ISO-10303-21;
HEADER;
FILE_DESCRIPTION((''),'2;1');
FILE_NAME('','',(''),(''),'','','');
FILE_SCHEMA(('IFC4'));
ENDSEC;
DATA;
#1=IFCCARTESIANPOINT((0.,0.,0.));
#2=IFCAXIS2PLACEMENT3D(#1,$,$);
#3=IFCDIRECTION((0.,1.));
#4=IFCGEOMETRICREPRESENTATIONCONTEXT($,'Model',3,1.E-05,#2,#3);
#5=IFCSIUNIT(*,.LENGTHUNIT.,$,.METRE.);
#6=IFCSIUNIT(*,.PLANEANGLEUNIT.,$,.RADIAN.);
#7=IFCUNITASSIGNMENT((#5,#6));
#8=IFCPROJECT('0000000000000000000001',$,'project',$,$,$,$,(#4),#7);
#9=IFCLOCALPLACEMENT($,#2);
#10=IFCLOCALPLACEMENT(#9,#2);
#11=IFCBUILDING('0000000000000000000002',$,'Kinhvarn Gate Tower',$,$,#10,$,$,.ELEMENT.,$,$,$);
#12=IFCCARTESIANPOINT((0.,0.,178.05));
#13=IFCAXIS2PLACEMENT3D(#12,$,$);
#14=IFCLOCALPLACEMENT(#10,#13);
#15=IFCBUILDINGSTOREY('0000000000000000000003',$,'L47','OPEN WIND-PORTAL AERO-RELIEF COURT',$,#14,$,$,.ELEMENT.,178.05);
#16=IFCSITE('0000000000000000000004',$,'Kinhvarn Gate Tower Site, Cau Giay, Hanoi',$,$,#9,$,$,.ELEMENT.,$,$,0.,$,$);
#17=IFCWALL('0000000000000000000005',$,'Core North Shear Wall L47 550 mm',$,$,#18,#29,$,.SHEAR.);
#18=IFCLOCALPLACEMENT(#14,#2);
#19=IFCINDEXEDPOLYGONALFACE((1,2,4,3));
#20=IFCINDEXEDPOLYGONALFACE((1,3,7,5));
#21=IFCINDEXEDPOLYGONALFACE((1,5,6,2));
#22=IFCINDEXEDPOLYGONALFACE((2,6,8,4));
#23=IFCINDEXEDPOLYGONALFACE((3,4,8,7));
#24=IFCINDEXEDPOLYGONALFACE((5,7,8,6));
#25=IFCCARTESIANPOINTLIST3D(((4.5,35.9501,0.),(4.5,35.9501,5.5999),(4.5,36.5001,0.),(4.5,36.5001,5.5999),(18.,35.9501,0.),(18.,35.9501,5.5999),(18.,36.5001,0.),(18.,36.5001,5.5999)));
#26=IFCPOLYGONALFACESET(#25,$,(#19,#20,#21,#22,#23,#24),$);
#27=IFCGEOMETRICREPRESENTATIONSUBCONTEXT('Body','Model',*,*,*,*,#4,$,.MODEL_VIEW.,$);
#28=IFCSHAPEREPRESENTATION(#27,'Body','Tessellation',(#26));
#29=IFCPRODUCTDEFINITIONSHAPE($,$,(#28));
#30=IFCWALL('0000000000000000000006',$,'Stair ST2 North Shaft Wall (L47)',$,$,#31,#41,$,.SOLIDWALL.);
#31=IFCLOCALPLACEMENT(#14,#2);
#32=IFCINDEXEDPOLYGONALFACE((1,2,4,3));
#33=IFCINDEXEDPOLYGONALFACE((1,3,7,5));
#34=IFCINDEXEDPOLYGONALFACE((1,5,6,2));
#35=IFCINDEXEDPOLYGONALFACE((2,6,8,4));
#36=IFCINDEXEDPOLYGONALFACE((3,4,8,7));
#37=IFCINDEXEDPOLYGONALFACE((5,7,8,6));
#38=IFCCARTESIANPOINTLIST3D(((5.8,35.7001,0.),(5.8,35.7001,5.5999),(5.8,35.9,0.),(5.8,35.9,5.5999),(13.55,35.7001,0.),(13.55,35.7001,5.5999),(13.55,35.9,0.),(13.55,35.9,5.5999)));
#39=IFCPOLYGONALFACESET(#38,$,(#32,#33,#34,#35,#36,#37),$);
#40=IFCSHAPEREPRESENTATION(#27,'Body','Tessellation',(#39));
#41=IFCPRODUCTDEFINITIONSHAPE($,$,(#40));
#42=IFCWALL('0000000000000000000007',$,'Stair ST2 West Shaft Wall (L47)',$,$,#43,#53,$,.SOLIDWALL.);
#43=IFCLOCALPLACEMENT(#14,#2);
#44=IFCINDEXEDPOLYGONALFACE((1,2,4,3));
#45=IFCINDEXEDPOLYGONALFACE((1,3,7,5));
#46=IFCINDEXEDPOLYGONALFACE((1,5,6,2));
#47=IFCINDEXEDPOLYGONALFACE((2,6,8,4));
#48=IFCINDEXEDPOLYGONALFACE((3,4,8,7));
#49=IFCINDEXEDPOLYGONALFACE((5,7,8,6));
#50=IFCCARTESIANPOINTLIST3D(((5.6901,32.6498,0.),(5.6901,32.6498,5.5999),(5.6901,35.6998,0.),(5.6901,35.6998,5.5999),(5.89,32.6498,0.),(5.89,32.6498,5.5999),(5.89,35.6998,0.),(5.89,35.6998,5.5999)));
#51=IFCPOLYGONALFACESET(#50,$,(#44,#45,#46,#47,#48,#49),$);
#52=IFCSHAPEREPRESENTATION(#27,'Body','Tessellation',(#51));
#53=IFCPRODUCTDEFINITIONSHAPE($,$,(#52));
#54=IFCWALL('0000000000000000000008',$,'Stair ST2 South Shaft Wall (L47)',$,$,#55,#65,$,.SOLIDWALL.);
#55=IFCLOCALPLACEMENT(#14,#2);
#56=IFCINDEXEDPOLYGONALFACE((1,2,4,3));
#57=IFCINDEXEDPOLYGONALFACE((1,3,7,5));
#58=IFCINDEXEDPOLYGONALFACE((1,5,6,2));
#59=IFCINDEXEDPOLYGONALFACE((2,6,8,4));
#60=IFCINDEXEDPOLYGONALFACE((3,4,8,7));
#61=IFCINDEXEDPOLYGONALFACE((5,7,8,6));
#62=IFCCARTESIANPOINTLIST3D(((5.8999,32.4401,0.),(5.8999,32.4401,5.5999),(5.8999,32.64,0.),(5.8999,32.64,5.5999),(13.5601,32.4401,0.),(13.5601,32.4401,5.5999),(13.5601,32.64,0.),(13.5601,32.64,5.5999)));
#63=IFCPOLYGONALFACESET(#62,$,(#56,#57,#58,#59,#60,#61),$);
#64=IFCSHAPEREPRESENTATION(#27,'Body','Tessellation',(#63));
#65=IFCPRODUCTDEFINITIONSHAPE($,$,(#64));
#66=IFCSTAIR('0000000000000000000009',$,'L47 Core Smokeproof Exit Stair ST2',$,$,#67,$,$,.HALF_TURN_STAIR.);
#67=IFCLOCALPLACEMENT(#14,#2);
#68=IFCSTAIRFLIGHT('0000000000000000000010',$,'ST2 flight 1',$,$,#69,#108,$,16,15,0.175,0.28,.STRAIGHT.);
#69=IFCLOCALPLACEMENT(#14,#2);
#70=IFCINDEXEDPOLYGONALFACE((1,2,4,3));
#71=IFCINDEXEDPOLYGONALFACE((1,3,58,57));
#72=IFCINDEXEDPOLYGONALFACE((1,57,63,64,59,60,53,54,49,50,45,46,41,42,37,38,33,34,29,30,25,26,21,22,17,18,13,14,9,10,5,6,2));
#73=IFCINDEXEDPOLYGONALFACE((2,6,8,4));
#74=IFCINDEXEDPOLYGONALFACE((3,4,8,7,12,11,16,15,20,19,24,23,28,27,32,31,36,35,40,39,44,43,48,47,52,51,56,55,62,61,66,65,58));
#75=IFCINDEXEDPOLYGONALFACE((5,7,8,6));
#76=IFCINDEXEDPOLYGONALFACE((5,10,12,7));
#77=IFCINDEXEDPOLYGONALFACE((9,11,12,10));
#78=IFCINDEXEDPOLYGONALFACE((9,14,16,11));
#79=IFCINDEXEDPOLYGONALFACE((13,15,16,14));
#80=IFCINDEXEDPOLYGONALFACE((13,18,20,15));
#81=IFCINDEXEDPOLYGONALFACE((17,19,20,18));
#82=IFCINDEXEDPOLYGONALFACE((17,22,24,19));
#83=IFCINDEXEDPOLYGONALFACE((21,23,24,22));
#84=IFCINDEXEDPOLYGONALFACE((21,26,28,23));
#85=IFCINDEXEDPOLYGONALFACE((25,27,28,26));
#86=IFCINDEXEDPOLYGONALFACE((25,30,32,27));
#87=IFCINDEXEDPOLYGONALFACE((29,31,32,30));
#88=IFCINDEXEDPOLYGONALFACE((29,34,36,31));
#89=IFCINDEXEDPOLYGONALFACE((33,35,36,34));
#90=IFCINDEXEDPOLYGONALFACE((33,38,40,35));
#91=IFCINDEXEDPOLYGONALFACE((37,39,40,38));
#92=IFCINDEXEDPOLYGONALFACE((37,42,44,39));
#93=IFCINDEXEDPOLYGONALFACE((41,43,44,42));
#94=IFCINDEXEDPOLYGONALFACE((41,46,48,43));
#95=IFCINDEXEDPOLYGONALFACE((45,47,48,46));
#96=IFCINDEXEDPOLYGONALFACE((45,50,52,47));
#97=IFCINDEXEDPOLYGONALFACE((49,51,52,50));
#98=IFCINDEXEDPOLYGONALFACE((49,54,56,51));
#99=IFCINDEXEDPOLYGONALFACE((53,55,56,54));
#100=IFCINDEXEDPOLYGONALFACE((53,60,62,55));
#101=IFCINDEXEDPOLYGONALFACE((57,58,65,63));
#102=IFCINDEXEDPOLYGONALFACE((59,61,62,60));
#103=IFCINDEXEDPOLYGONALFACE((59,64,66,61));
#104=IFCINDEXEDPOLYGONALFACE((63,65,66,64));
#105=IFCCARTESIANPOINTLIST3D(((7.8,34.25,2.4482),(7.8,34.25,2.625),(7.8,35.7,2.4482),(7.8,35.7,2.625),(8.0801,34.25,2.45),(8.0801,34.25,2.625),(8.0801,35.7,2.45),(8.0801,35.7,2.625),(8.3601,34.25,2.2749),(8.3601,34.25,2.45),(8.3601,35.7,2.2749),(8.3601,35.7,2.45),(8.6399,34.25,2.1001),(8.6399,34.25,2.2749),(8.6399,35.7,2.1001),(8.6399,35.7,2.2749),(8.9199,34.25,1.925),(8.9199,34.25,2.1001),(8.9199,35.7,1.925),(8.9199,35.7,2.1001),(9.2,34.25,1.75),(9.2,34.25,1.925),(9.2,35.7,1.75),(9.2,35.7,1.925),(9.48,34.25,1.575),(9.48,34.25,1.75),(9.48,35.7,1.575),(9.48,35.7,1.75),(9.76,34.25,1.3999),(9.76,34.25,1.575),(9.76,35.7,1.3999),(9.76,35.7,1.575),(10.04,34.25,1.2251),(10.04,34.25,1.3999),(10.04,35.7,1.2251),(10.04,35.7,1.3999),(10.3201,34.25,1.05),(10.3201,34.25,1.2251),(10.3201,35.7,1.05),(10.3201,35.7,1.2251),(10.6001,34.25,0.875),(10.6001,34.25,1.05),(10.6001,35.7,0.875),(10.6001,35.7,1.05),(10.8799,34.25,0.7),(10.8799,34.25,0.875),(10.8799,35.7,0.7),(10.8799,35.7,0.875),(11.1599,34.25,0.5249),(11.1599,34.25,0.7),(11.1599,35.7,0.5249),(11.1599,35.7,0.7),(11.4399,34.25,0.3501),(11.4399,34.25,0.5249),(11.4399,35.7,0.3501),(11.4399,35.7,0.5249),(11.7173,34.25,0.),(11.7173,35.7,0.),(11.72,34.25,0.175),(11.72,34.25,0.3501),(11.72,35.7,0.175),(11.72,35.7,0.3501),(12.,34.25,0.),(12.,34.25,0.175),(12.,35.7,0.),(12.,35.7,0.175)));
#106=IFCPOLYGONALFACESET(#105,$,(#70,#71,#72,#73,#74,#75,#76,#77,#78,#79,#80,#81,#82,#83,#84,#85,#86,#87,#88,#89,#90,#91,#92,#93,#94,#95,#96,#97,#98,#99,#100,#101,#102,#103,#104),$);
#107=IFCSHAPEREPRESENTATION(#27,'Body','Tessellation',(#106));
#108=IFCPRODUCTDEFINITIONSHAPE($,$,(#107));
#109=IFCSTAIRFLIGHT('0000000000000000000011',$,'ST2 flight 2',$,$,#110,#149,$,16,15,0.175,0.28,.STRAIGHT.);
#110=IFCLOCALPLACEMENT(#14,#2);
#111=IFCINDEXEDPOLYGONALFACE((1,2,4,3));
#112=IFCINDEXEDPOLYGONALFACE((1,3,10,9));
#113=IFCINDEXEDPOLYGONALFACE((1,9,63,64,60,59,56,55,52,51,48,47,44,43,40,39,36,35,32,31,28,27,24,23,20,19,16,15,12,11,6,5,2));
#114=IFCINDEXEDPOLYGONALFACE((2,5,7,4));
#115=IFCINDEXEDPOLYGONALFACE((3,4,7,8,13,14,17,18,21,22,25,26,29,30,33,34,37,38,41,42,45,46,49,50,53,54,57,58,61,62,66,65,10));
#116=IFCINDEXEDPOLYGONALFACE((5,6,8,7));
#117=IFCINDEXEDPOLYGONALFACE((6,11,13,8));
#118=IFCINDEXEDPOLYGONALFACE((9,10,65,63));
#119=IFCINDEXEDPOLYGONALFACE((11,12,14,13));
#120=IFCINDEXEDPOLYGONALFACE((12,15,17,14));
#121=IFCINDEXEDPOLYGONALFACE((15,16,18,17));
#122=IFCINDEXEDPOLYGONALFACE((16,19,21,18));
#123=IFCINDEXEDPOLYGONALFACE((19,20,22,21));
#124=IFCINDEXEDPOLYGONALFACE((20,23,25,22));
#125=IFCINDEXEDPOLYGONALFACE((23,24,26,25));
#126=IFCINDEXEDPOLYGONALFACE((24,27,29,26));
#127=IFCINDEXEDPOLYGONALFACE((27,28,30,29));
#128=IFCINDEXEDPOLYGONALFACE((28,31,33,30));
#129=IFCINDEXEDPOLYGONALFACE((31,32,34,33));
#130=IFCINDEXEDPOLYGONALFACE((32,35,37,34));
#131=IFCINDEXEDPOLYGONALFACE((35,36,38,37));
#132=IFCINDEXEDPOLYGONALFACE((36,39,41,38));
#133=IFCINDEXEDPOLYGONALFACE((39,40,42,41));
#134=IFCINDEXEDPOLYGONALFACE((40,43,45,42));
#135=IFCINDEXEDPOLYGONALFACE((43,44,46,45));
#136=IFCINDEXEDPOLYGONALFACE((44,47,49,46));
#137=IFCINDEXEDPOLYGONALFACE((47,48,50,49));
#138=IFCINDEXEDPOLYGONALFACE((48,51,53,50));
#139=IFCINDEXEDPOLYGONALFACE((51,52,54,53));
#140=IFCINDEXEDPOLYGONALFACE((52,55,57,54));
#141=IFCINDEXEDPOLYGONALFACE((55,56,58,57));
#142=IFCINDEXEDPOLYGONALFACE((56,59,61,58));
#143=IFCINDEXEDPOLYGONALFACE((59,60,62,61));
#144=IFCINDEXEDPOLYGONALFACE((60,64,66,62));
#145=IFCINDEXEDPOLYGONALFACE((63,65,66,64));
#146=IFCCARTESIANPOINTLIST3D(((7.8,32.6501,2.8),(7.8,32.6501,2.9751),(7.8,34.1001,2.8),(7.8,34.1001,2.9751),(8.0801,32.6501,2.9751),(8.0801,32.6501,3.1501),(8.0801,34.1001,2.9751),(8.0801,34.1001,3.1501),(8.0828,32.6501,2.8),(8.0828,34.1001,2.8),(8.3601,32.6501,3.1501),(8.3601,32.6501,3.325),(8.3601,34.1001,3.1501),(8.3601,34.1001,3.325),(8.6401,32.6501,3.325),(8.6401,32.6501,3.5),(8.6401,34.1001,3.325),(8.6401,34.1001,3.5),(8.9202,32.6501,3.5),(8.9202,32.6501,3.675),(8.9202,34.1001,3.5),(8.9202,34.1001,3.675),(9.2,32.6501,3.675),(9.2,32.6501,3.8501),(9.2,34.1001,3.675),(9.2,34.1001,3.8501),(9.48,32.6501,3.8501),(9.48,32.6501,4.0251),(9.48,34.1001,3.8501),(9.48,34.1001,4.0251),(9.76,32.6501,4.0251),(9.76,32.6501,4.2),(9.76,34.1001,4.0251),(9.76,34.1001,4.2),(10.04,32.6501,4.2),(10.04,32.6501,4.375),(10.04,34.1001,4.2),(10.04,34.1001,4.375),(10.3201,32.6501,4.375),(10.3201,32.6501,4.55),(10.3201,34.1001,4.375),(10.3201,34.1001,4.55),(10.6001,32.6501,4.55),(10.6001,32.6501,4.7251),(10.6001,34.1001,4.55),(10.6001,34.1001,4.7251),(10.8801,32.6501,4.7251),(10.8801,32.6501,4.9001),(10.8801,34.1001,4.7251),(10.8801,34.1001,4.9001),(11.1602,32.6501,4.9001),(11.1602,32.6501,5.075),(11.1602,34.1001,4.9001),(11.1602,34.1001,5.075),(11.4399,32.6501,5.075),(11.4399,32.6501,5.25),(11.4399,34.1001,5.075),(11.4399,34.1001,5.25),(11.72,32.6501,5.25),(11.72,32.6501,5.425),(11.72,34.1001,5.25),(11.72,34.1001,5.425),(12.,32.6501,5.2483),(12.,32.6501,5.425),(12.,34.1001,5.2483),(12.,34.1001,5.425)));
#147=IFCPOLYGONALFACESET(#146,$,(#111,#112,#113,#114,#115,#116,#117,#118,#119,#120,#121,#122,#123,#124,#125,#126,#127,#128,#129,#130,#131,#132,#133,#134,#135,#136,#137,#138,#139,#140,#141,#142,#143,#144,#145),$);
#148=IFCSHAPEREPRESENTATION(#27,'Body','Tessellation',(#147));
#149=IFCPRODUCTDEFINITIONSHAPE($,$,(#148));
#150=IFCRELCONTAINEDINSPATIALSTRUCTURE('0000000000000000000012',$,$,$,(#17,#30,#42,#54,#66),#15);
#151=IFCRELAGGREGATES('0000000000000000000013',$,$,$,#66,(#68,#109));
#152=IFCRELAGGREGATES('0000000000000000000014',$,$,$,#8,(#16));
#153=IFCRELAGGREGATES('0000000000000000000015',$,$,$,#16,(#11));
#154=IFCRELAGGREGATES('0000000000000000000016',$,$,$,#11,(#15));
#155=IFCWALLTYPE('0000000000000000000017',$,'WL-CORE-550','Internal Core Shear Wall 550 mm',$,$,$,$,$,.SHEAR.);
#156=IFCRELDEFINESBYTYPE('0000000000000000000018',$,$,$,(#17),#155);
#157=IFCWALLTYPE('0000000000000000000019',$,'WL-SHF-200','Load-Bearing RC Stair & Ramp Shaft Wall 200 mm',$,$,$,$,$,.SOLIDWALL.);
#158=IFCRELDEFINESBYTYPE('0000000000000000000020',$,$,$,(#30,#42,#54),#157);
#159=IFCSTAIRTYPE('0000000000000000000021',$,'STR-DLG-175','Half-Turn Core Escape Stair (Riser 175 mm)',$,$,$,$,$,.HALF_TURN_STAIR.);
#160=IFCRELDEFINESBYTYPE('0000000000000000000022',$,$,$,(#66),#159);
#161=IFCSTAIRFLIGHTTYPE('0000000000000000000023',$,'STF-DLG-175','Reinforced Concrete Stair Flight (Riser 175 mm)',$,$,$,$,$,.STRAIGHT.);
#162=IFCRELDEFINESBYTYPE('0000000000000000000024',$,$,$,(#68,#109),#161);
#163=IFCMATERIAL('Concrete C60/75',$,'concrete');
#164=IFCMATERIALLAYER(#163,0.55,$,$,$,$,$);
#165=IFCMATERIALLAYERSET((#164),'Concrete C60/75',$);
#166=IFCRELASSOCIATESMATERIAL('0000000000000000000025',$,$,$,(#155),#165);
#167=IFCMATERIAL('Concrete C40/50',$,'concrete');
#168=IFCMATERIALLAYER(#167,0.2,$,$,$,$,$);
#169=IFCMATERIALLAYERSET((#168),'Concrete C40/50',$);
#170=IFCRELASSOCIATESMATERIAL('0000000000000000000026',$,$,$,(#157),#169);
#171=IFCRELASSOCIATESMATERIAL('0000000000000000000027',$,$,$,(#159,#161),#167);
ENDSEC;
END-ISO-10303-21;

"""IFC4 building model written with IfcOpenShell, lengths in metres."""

from ifc_helpers import new_model, si_unit, direction, frame, frame_2d, origin, place, context, subcontext, project, spatial, polyline, rectangle, outline, extrude, material, layer, layer_set, type_object, element, aggregate, save


model = new_model("IFC4")

# Units and contexts
model_context = context("Model", 3, precision=1e-05, world=origin(), true_north=direction((0.0, 1.0)))
body_context = subcontext(model_context, "Body", "Model", "MODEL_VIEW")
ifc_project = project(units=[si_unit("LENGTHUNIT", "METRE"), si_unit("PLANEANGLEUNIT", "RADIAN")], contexts=[model_context])

# Site, building, storey
site_placement = place(None, origin())
site = spatial("IfcSite", under=ifc_project, at=site_placement, Name="Kinhvarn Gate Tower Site, Cau Giay, Hanoi", CompositionType="ELEMENT", RefElevation=0.0)
building_placement = place(site_placement, origin())
building = spatial("IfcBuilding", under=site, at=building_placement, Name="Kinhvarn Gate Tower", CompositionType="ELEMENT")
storey_placement = place(building_placement, frame((0.0, 0.0, 178.05)))
storey = spatial("IfcBuildingStorey", under=building, at=storey_placement, Name="L47", Description="OPEN WIND-PORTAL AERO-RELIEF COURT", CompositionType="ELEMENT", Elevation=178.05)

# Shared definitions
ifc_material_1 = material(Name="Concrete C60/75", Category="concrete")

# Walls
ifc_layer_1 = layer(ifc_material_1, 0.55)
ifc_layer_set_1 = layer_set([ifc_layer_1], Name="Concrete C60/75")
wall_type_1 = type_object("IfcWallType", Name="WL-CORE-550", Description="Internal Core Shear Wall 550 mm", PredefinedType="SHEAR", material=ifc_layer_set_1)
wall_1_placement = place(storey_placement, frame((4.5, 36.2251, 0.0), z_axis=(0.0, 0.0, 1.0), x_axis=(1.0, 0.0, 0.0)))
element("IfcWall", 1, at=wall_1_placement, inside=storey, type_object=wall_type_1, Name="Core North Shear Wall L47 550 mm", PredefinedType="SHEAR", context=body_context, shape_type="SweptSolid", body=[
    extrude(rectangle(XDim=13.5, YDim=0.55, at=frame_2d((6.75, 0.0))), origin(), (0.0, 0.0, 1.0), 5.5999),
])
ifc_material_2 = material(Name="Concrete C40/50", Category="concrete")
ifc_layer_2 = layer(ifc_material_2, 0.2)
ifc_layer_set_2 = layer_set([ifc_layer_2], Name="Concrete C40/50")
wall_type_2 = type_object("IfcWallType", Name="WL-SHF-200", Description="Load-Bearing RC Stair & Ramp Shaft Wall 200 mm", PredefinedType="SOLIDWALL", material=ifc_layer_set_2)
wall_2_placement = place(storey_placement, frame((5.8, 35.8, 0.0), z_axis=(0.0, 0.0, 1.0), x_axis=(1.0, 0.0, 0.0)))
element("IfcWall", 2, at=wall_2_placement, inside=storey, type_object=wall_type_2, Name="Stair ST2 North Shaft Wall (L47)", PredefinedType="SOLIDWALL", context=body_context, shape_type="SweptSolid", body=[
    extrude(rectangle(XDim=7.75, YDim=0.2, at=frame_2d((3.875, 0.0))), origin(), (0.0, 0.0, 1.0), 5.5999),
])
wall_3_placement = place(storey_placement, frame((5.79, 32.6499, 0.0), z_axis=(0.0, 0.0, 1.0), x_axis=(0.0, 1.0, 0.0)))
element("IfcWall", 3, at=wall_3_placement, inside=storey, type_object=wall_type_2, Name="Stair ST2 West Shaft Wall (L47)", PredefinedType="SOLIDWALL", context=body_context, shape_type="SweptSolid", body=[
    extrude(rectangle(XDim=3.05, YDim=0.2, at=frame_2d((1.5249, 0.0))), origin(), (0.0, 0.0, 1.0), 5.5999),
])
wall_4_placement = place(storey_placement, frame((5.8999, 32.54, 0.0), z_axis=(0.0, 0.0, 1.0), x_axis=(1.0, 0.0, 0.0)))
element("IfcWall", 4, at=wall_4_placement, inside=storey, type_object=wall_type_2, Name="Stair ST2 South Shaft Wall (L47)", PredefinedType="SOLIDWALL", context=body_context, shape_type="SweptSolid", body=[
    extrude(rectangle(XDim=7.6602, YDim=0.2, at=frame_2d((3.8301, 0.0))), origin(), (0.0, 0.0, 1.0), 5.5999),
])

# Stair, stair flights
stair_type = type_object("IfcStairType", Name="STR-DLG-175", Description="Half-Turn Core Escape Stair (Riser 175 mm)", PredefinedType="HALF_TURN_STAIR", material=ifc_material_2)
stair_placement = place(storey_placement, origin())
stair = element("IfcStair", 5, at=stair_placement, inside=storey, type_object=stair_type, Name="L47 Core Smokeproof Exit Stair ST2", PredefinedType="HALF_TURN_STAIR")
stair_flight_type = type_object("IfcStairFlightType", Name="STF-DLG-175", Description="Reinforced Concrete Stair Flight (Riser 175 mm)", PredefinedType="STRAIGHT", material=ifc_material_2)
stair_flight_1_placement = place(storey_placement, frame((12.0, 34.9751, 0.0), z_axis=(0.0, 0.0, 1.0), x_axis=(-1.0, 0.0, 0.0)))
stair_flight_1 = element("IfcStairFlight", 6, at=stair_flight_1_placement, type_object=stair_flight_type, Name="ST2 flight 1", NumberOfRisers=16, NumberOfTreads=15, PredefinedType="STRAIGHT", RiserHeight=0.175, TreadLength=0.28, context=body_context, shape_type="SweptSolid", body=[
    extrude(outline(polyline([(0.0, 0.0), (0.0, 0.175), (0.28, 0.175), (0.28, 0.3501), (0.5601, 0.3501), (0.5601, 0.5249), (0.8401, 0.5249), (0.8401, 0.7), (1.1201, 0.7), (1.1201, 0.875), (1.3999, 0.875), (1.3999, 1.05), (1.6799, 1.05), (1.6799, 1.2251), (1.96, 1.2251), (1.96, 1.3999), (2.24, 1.3999), (2.24, 1.575), (2.52, 1.575), (2.52, 1.75), (2.8, 1.75), (2.8, 1.925), (3.0801, 1.925), (3.0801, 2.1001), (3.3601, 2.1001), (3.3601, 2.2749), (3.6399, 2.2749), (3.6399, 2.45), (3.9199, 2.45), (3.9199, 2.625), (4.2, 2.625), (4.2, 2.8), (4.2, 2.4482), (0.2827, 0.0), (0.0, 0.0)])), frame((0.0, 0.7251, 0.0), z_axis=(0.0, -1.0, 0.0), x_axis=(1.0, 0.0, 0.0)), (0.0, 0.0, 1.0), 1.45),
])
stair_flight_2_placement = place(storey_placement, frame((7.8, 33.375, 2.8), z_axis=(0.0, 0.0, 1.0), x_axis=(1.0, 0.0, 0.0)))
stair_flight_2 = element("IfcStairFlight", 7, at=stair_flight_2_placement, type_object=stair_flight_type, Name="ST2 flight 2", NumberOfRisers=16, NumberOfTreads=15, PredefinedType="STRAIGHT", RiserHeight=0.175, TreadLength=0.28, context=body_context, shape_type="SweptSolid", body=[
    extrude(outline(polyline([(0.0, 0.0), (0.0, 0.175), (0.28, 0.175), (0.28, 0.3501), (0.5601, 0.3501), (0.5601, 0.5249), (0.8401, 0.5249), (0.8401, 0.7), (1.1201, 0.7), (1.1201, 0.875), (1.3999, 0.875), (1.3999, 1.05), (1.6799, 1.05), (1.6799, 1.2251), (1.96, 1.2251), (1.96, 1.3999), (2.24, 1.3999), (2.24, 1.575), (2.52, 1.575), (2.52, 1.75), (2.8, 1.75), (2.8, 1.925), (3.0801, 1.925), (3.0801, 2.1001), (3.3601, 2.1001), (3.3601, 2.2749), (3.6399, 2.2749), (3.6399, 2.45), (3.9199, 2.45), (3.9199, 2.625), (4.2, 2.625), (4.2, 2.8), (4.2, 2.4482), (0.2827, 0.0), (0.0, 0.0)])), frame((0.0, 0.7251, 0.0), z_axis=(0.0, -1.0, 0.0), x_axis=(1.0, 0.0, 0.0)), (0.0, 0.0, 1.0), 1.45),
])
aggregate(stair, [stair_flight_1, stair_flight_2])

save(model, "model.ifc")
